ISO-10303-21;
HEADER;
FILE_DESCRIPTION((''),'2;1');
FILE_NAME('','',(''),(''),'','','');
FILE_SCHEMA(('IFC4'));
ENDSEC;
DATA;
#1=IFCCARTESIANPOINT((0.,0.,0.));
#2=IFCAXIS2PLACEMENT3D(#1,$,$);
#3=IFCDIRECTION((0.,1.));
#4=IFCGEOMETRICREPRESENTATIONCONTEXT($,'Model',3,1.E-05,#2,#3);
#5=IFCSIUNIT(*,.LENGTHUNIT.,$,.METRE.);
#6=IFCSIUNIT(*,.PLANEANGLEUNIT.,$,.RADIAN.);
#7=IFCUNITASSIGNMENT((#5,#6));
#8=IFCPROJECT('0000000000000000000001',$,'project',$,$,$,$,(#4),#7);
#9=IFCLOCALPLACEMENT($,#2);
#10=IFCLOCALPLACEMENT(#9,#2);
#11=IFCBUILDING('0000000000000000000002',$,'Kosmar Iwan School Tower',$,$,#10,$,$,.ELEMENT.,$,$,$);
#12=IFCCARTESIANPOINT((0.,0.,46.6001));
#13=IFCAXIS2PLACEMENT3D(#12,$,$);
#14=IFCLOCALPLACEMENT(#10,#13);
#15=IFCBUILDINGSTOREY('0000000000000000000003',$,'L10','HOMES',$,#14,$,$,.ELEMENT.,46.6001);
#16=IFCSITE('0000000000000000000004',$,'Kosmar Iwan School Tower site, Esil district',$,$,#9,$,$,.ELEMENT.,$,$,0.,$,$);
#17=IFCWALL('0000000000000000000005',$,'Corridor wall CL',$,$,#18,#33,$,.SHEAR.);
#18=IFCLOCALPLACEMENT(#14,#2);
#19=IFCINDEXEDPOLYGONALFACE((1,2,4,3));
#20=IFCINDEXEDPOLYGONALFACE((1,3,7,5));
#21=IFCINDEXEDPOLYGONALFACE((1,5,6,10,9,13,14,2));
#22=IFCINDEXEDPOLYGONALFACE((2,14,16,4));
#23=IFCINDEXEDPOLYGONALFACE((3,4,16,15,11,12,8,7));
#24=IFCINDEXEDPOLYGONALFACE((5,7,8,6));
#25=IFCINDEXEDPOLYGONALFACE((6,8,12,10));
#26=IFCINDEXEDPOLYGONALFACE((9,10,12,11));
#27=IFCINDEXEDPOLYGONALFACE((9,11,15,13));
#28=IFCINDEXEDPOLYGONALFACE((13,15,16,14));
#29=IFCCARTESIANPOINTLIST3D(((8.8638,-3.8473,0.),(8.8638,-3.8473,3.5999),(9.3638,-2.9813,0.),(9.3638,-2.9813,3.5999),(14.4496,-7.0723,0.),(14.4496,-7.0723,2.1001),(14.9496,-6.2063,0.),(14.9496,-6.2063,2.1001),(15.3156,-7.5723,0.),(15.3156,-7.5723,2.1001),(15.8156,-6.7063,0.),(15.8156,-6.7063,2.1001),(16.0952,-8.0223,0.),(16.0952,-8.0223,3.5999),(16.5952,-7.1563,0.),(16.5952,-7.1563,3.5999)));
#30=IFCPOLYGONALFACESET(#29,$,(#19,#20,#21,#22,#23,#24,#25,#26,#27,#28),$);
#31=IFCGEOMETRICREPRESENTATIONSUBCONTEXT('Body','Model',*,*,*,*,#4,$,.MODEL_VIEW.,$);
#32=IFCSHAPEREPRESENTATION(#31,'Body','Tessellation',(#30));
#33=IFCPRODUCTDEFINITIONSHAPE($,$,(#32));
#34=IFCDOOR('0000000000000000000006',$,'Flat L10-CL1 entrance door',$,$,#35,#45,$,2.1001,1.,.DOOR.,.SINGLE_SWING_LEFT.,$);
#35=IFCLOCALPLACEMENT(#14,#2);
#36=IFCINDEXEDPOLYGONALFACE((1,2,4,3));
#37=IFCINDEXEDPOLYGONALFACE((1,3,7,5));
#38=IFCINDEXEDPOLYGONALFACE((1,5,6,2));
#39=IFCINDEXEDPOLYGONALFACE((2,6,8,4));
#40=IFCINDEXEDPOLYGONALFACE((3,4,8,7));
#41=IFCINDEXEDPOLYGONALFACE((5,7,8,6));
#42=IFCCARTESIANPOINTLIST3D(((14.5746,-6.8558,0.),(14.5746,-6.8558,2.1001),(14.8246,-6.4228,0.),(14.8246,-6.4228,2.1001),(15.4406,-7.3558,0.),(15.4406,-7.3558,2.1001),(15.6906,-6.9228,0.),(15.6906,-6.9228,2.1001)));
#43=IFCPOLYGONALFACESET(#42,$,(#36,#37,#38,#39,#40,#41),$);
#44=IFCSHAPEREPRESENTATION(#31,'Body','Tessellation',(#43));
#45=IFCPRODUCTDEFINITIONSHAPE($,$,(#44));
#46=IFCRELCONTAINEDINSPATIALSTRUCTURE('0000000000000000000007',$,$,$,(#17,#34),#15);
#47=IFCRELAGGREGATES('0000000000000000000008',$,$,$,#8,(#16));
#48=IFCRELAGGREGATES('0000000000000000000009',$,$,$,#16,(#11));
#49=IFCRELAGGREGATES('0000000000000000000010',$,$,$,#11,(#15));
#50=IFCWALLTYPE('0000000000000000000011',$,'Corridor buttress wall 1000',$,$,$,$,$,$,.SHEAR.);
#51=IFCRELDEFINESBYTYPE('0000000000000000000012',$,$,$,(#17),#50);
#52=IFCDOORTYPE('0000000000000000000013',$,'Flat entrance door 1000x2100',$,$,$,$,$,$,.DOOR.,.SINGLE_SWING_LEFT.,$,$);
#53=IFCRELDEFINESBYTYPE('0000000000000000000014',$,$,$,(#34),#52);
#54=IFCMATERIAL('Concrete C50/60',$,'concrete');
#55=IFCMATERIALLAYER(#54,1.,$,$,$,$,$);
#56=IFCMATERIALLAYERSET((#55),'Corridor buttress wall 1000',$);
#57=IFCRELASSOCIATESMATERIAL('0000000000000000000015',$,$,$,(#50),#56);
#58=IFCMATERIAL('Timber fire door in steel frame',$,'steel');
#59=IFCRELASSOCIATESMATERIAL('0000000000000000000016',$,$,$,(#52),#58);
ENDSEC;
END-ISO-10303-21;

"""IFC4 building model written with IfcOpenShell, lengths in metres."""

from ifc_helpers import new_model, si_unit, direction, frame, frame_2d, origin, place, context, subcontext, project, spatial, rectangle, extrude, material, layer, layer_set, type_object, element, fill, save


model = new_model("IFC4")

# Units and contexts
model_context = context("Model", 3, precision=1e-05, world=origin(), true_north=direction((0.0, 1.0)))
body_context = subcontext(model_context, "Body", "Model", "MODEL_VIEW")
ifc_project = project(units=[si_unit("LENGTHUNIT", "METRE"), si_unit("PLANEANGLEUNIT", "RADIAN")], contexts=[model_context])

# Site, building, storey
site_placement = place(None, origin())
site = spatial("IfcSite", under=ifc_project, at=site_placement, Name="Kosmar Iwan School Tower site, Esil district", CompositionType="ELEMENT", RefElevation=0.0)
building_placement = place(site_placement, origin())
building = spatial("IfcBuilding", under=site, at=building_placement, Name="Kosmar Iwan School Tower", CompositionType="ELEMENT")
storey_placement = place(building_placement, frame((0.0, 0.0, 46.6001)))
storey = spatial("IfcBuildingStorey", under=building, at=storey_placement, Name="L10", Description="HOMES", CompositionType="ELEMENT", Elevation=46.6001)

# Wall, opening, door
ifc_material_1 = material(Name="Concrete C50/60", Category="concrete")
ifc_layer_1 = layer(ifc_material_1, 1.0)
ifc_layer_set_1 = layer_set([ifc_layer_1], Name="Corridor buttress wall 1000")
wall_type_1 = type_object("IfcWallType", Name="Corridor buttress wall 1000", PredefinedType="SHEAR", material=ifc_layer_set_1)
wall_1_placement = place(storey_placement, frame((9.1138, -3.4143, 0.0), z_axis=(0.0, 0.0, 1.0), x_axis=(0.866027, -0.499997, 0.0)))
wall_1 = element("IfcWall", 1, at=wall_1_placement, inside=storey, type_object=wall_type_1, Name="Corridor wall CL", PredefinedType="SHEAR", context=body_context, shape_type="SweptSolid", body=[
    extrude(rectangle(XDim=8.3501, YDim=1.0, at=frame_2d((4.175, 0.0))), origin(), (0.0, 0.0, 1.0), 3.5999),
])
opening_1_placement = place(wall_1_placement, frame((6.45, 0.0, 0.0)))
opening_1 = element("IfcOpeningElement", 2, at=opening_1_placement, cuts=wall_1, PredefinedType="OPENING", context=body_context, shape_type="SweptSolid", body=[
    extrude(rectangle(XDim=1.0, YDim=2.1001, at=frame_2d((0.5, 1.05))), frame((0.0, 0.512, 0.0), z_axis=(0.0, -1.0, 0.0), x_axis=(1.0, 0.0, 0.0)), (0.0, 0.0, 1.0), 1.0239),
])
ifc_material_2 = material(Name="Timber fire door in steel frame", Category="steel")
door_type_1 = type_object("IfcDoorType", Name="Flat entrance door 1000x2100", OperationType="SINGLE_SWING_LEFT", PredefinedType="DOOR", material=ifc_material_2)
door_1_placement = place(opening_1_placement, origin())
door_1 = element("IfcDoor", 3, at=door_1_placement, inside=storey, type_object=door_type_1, Name="Flat L10-CL1 entrance door", OperationType="SINGLE_SWING_LEFT", OverallHeight=2.1001, OverallWidth=1.0, PredefinedType="DOOR", context=body_context, shape_type="SweptSolid", body=[
    extrude(rectangle(XDim=1.0, YDim=2.1001, at=frame_2d((0.5, 1.05))), frame((0.0, 0.25, 0.0), z_axis=(0.0, -1.0, 0.0), x_axis=(1.0, 0.0, 0.0)), (0.0, 0.0, 1.0), 0.5),
])
fill(opening_1, door_1)

save(model, "model.ifc")
